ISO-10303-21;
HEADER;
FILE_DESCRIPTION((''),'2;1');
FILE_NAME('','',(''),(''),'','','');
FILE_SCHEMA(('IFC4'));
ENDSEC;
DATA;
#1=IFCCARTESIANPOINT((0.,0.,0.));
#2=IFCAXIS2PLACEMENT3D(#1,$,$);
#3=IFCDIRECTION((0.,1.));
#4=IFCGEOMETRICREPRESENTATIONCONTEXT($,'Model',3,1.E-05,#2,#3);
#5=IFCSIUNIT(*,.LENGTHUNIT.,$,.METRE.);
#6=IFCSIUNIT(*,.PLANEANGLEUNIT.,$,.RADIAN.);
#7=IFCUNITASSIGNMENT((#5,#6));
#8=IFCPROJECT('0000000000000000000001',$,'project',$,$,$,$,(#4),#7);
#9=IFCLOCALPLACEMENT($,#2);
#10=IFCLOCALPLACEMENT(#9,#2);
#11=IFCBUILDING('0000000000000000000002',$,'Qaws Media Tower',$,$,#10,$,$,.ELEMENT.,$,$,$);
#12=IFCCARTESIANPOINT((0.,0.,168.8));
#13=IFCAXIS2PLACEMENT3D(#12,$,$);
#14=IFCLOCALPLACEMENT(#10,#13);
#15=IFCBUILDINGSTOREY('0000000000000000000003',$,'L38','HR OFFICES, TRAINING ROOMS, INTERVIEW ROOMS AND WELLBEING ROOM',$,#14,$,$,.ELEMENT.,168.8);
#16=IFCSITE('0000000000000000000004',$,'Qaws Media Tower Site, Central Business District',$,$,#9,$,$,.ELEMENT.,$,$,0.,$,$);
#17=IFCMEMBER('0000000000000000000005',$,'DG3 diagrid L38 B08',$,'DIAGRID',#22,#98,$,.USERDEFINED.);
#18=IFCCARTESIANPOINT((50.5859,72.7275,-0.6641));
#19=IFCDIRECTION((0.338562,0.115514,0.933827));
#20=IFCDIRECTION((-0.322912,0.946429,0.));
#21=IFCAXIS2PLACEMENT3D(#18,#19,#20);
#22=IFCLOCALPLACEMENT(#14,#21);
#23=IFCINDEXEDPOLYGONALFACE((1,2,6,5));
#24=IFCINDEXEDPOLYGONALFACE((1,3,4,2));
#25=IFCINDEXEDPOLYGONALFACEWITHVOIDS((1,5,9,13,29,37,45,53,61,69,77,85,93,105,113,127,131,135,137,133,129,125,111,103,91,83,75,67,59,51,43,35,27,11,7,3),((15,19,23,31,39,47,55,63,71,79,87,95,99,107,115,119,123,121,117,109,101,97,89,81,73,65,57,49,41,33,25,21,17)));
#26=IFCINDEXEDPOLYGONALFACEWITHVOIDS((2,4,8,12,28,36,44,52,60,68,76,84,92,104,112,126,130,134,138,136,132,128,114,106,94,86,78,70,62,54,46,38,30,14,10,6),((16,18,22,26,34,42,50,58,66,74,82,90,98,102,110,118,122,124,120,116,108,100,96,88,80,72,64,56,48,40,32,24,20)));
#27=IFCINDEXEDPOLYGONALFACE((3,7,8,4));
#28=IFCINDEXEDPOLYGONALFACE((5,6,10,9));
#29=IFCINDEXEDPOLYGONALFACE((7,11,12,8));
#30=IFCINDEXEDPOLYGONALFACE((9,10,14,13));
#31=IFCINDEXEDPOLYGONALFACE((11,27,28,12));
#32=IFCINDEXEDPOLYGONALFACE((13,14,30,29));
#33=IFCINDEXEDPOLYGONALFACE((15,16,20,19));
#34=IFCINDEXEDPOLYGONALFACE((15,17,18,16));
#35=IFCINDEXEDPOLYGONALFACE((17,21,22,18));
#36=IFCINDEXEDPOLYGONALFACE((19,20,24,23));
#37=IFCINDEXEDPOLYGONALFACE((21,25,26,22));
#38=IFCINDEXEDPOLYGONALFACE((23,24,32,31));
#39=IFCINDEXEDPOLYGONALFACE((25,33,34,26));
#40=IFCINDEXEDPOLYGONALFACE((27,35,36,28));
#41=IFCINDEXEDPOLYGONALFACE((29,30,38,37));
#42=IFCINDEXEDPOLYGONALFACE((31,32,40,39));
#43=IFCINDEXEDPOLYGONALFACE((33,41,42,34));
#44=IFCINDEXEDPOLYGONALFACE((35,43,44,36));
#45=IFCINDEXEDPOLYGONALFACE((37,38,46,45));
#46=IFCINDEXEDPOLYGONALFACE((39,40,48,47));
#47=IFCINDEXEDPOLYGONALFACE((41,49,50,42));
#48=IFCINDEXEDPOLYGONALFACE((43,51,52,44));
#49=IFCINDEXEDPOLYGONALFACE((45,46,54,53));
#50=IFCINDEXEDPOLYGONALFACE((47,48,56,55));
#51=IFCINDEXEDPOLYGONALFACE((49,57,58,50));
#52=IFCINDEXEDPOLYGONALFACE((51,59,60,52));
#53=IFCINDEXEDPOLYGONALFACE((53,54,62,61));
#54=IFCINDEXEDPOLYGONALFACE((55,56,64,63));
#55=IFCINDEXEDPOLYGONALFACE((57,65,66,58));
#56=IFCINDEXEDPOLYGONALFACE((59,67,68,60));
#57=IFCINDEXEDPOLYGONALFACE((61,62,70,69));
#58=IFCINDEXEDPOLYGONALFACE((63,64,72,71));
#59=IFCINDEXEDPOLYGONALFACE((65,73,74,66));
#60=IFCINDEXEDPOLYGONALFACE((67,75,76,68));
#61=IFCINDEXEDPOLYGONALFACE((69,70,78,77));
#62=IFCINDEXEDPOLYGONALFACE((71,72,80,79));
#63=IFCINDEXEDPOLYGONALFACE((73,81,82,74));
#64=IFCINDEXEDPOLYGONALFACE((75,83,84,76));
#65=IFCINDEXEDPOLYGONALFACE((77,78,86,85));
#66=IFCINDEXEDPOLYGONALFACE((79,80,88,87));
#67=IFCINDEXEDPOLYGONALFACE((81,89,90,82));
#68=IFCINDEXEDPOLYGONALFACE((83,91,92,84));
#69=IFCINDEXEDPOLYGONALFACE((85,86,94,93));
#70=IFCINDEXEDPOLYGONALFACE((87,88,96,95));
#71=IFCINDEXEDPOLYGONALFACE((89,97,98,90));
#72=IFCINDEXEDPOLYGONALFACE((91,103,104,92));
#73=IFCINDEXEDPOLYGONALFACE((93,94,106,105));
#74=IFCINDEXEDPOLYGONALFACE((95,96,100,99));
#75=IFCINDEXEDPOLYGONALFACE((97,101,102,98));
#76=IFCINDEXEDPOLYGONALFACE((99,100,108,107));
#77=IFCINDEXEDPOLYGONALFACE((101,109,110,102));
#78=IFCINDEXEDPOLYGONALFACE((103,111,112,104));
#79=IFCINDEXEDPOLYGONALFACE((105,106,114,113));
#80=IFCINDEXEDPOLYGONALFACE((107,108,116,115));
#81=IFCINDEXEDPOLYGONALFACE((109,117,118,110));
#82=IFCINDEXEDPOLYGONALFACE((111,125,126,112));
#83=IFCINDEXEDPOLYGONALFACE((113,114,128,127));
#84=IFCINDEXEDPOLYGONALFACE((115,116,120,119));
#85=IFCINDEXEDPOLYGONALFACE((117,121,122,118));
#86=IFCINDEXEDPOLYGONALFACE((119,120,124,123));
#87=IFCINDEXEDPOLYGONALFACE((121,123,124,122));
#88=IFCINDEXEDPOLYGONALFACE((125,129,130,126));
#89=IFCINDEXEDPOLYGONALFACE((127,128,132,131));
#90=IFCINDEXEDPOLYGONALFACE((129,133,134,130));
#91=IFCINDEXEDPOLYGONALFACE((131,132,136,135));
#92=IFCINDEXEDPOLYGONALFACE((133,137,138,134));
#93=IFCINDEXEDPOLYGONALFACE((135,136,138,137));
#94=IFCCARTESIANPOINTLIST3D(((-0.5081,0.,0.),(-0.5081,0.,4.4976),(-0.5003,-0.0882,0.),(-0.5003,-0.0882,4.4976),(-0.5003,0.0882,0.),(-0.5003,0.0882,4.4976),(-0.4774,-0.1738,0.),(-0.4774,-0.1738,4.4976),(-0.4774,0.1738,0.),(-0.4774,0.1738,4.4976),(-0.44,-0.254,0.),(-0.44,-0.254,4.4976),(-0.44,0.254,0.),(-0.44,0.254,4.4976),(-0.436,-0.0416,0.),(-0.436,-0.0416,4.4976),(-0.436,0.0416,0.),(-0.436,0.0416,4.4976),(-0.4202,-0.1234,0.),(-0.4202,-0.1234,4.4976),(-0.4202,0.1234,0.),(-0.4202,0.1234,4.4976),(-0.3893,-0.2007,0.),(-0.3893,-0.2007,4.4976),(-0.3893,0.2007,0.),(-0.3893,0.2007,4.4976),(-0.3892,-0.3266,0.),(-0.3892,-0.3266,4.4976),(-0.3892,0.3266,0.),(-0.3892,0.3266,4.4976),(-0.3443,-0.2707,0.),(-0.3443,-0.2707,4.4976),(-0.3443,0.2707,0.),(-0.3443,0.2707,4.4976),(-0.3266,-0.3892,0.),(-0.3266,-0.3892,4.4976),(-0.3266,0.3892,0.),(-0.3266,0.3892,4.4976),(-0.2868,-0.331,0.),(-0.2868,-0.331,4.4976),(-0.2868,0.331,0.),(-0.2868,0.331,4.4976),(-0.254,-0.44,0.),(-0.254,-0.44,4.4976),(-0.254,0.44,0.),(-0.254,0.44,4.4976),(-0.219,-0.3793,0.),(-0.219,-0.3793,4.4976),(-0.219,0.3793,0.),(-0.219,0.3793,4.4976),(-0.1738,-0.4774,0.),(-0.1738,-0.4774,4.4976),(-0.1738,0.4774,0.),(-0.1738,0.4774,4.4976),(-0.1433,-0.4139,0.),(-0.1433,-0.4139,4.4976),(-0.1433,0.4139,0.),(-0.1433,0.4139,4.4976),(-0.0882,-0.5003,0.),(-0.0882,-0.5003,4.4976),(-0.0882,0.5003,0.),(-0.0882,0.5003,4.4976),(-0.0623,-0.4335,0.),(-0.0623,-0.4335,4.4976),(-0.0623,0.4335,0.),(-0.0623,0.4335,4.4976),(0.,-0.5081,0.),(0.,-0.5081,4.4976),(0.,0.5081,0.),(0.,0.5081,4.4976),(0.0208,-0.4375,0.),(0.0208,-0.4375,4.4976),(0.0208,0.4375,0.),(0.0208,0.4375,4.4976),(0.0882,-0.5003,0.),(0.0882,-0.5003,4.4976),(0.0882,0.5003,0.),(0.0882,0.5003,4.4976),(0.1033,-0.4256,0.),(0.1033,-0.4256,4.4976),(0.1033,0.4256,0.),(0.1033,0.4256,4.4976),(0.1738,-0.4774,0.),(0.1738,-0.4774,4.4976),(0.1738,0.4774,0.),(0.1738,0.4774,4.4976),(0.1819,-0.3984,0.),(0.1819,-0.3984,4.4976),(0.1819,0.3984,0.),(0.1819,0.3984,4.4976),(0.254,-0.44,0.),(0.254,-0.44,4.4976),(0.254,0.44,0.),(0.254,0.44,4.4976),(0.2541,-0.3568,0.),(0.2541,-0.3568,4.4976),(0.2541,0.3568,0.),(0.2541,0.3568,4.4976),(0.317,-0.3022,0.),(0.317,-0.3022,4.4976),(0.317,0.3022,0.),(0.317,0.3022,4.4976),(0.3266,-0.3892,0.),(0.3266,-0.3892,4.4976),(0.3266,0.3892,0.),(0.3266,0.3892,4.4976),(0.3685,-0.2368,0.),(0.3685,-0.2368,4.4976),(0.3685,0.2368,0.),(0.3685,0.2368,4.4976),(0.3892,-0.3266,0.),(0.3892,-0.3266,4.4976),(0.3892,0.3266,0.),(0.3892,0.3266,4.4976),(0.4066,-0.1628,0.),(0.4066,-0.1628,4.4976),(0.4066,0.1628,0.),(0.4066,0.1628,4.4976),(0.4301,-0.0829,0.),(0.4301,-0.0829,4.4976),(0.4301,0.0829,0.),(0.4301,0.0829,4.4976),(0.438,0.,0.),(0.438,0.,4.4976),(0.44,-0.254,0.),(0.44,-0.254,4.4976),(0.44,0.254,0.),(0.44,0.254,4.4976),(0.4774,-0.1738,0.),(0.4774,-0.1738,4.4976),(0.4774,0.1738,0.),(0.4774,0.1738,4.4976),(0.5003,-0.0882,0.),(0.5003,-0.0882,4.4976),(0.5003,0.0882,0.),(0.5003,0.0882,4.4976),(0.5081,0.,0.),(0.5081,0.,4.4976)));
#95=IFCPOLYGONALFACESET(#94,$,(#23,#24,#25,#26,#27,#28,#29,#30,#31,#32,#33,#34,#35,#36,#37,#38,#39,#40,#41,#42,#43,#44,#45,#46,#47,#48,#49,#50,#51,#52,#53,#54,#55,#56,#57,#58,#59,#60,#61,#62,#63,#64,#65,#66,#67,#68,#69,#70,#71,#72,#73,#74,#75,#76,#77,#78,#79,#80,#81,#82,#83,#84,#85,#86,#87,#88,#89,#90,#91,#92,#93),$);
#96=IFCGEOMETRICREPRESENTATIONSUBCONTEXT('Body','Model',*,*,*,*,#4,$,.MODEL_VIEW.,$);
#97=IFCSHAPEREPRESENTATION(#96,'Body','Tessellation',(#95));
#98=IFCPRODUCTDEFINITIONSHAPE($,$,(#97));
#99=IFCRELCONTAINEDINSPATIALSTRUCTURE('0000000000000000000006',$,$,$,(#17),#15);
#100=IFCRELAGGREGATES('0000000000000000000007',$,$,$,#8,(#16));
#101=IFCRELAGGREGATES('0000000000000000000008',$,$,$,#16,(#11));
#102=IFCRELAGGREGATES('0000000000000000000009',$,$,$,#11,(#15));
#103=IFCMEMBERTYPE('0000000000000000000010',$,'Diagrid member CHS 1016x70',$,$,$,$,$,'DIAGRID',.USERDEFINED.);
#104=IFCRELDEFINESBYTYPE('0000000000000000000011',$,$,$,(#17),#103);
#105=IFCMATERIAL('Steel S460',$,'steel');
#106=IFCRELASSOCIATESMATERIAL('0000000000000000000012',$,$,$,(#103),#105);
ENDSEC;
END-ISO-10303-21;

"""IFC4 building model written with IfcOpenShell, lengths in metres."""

from ifc_helpers import new_model, si_unit, direction, frame, origin, origin_2d, place, context, subcontext, project, spatial, hollow_circle, extrude, material, material_profile, profile_set, type_object, element, save


model = new_model("IFC4")

# Units and contexts
model_context = context("Model", 3, precision=1e-05, world=origin(), true_north=direction((0.0, 1.0)))
body_context = subcontext(model_context, "Body", "Model", "MODEL_VIEW")
ifc_project = project(units=[si_unit("LENGTHUNIT", "METRE"), si_unit("PLANEANGLEUNIT", "RADIAN")], contexts=[model_context])

# Site, building, storey
site_placement = place(None, origin())
site = spatial("IfcSite", under=ifc_project, at=site_placement, Name="Qaws Media Tower Site, Central Business District", CompositionType="ELEMENT", RefElevation=0.0)
building_placement = place(site_placement, origin())
building = spatial("IfcBuilding", under=site, at=building_placement, Name="Qaws Media Tower", CompositionType="ELEMENT")
storey_placement = place(building_placement, frame((0.0, 0.0, 168.8)))
storey = spatial("IfcBuildingStorey", under=building, at=storey_placement, Name="L38", Description="HR OFFICES, TRAINING ROOMS, INTERVIEW ROOMS AND WELLBEING ROOM", CompositionType="ELEMENT", Elevation=168.8)

# Member
ifc_material_1 = material(Name="Steel S460", Category="steel")
ifc_material_profile_1 = material_profile(ifc_material_1, hollow_circle(Radius=0.5081, WallThickness=0.0701, at=origin_2d()), Name="CHS 1016x70")
ifc_profile_set_1 = profile_set([ifc_material_profile_1], Name="Steel S460")
member_type_1 = type_object("IfcMemberType", Name="Diagrid member CHS 1016x70", ElementType="DIAGRID", PredefinedType="USERDEFINED", material=ifc_profile_set_1)
for number, where, z_axis, x_axis, name in (
    (1, (50.5859, 72.7275, -0.6641), (0.338562, 0.115514, 0.933827), (-0.322912, 0.946429, 0.0), "DG3 diagrid L38 B08"),
):
    element("IfcMember", number, at=place(storey_placement, frame(where, z_axis=z_axis, x_axis=x_axis)), inside=storey, type_object=member_type_1, Name=name, ObjectType="DIAGRID", PredefinedType="USERDEFINED", context=body_context, shape_type="SweptSolid", body=[
        extrude(hollow_circle(Radius=0.5081, WallThickness=0.0701, at=origin_2d()), origin(), (0.0, 0.0, 1.0), 4.4976),
    ])

save(model, "model.ifc")
